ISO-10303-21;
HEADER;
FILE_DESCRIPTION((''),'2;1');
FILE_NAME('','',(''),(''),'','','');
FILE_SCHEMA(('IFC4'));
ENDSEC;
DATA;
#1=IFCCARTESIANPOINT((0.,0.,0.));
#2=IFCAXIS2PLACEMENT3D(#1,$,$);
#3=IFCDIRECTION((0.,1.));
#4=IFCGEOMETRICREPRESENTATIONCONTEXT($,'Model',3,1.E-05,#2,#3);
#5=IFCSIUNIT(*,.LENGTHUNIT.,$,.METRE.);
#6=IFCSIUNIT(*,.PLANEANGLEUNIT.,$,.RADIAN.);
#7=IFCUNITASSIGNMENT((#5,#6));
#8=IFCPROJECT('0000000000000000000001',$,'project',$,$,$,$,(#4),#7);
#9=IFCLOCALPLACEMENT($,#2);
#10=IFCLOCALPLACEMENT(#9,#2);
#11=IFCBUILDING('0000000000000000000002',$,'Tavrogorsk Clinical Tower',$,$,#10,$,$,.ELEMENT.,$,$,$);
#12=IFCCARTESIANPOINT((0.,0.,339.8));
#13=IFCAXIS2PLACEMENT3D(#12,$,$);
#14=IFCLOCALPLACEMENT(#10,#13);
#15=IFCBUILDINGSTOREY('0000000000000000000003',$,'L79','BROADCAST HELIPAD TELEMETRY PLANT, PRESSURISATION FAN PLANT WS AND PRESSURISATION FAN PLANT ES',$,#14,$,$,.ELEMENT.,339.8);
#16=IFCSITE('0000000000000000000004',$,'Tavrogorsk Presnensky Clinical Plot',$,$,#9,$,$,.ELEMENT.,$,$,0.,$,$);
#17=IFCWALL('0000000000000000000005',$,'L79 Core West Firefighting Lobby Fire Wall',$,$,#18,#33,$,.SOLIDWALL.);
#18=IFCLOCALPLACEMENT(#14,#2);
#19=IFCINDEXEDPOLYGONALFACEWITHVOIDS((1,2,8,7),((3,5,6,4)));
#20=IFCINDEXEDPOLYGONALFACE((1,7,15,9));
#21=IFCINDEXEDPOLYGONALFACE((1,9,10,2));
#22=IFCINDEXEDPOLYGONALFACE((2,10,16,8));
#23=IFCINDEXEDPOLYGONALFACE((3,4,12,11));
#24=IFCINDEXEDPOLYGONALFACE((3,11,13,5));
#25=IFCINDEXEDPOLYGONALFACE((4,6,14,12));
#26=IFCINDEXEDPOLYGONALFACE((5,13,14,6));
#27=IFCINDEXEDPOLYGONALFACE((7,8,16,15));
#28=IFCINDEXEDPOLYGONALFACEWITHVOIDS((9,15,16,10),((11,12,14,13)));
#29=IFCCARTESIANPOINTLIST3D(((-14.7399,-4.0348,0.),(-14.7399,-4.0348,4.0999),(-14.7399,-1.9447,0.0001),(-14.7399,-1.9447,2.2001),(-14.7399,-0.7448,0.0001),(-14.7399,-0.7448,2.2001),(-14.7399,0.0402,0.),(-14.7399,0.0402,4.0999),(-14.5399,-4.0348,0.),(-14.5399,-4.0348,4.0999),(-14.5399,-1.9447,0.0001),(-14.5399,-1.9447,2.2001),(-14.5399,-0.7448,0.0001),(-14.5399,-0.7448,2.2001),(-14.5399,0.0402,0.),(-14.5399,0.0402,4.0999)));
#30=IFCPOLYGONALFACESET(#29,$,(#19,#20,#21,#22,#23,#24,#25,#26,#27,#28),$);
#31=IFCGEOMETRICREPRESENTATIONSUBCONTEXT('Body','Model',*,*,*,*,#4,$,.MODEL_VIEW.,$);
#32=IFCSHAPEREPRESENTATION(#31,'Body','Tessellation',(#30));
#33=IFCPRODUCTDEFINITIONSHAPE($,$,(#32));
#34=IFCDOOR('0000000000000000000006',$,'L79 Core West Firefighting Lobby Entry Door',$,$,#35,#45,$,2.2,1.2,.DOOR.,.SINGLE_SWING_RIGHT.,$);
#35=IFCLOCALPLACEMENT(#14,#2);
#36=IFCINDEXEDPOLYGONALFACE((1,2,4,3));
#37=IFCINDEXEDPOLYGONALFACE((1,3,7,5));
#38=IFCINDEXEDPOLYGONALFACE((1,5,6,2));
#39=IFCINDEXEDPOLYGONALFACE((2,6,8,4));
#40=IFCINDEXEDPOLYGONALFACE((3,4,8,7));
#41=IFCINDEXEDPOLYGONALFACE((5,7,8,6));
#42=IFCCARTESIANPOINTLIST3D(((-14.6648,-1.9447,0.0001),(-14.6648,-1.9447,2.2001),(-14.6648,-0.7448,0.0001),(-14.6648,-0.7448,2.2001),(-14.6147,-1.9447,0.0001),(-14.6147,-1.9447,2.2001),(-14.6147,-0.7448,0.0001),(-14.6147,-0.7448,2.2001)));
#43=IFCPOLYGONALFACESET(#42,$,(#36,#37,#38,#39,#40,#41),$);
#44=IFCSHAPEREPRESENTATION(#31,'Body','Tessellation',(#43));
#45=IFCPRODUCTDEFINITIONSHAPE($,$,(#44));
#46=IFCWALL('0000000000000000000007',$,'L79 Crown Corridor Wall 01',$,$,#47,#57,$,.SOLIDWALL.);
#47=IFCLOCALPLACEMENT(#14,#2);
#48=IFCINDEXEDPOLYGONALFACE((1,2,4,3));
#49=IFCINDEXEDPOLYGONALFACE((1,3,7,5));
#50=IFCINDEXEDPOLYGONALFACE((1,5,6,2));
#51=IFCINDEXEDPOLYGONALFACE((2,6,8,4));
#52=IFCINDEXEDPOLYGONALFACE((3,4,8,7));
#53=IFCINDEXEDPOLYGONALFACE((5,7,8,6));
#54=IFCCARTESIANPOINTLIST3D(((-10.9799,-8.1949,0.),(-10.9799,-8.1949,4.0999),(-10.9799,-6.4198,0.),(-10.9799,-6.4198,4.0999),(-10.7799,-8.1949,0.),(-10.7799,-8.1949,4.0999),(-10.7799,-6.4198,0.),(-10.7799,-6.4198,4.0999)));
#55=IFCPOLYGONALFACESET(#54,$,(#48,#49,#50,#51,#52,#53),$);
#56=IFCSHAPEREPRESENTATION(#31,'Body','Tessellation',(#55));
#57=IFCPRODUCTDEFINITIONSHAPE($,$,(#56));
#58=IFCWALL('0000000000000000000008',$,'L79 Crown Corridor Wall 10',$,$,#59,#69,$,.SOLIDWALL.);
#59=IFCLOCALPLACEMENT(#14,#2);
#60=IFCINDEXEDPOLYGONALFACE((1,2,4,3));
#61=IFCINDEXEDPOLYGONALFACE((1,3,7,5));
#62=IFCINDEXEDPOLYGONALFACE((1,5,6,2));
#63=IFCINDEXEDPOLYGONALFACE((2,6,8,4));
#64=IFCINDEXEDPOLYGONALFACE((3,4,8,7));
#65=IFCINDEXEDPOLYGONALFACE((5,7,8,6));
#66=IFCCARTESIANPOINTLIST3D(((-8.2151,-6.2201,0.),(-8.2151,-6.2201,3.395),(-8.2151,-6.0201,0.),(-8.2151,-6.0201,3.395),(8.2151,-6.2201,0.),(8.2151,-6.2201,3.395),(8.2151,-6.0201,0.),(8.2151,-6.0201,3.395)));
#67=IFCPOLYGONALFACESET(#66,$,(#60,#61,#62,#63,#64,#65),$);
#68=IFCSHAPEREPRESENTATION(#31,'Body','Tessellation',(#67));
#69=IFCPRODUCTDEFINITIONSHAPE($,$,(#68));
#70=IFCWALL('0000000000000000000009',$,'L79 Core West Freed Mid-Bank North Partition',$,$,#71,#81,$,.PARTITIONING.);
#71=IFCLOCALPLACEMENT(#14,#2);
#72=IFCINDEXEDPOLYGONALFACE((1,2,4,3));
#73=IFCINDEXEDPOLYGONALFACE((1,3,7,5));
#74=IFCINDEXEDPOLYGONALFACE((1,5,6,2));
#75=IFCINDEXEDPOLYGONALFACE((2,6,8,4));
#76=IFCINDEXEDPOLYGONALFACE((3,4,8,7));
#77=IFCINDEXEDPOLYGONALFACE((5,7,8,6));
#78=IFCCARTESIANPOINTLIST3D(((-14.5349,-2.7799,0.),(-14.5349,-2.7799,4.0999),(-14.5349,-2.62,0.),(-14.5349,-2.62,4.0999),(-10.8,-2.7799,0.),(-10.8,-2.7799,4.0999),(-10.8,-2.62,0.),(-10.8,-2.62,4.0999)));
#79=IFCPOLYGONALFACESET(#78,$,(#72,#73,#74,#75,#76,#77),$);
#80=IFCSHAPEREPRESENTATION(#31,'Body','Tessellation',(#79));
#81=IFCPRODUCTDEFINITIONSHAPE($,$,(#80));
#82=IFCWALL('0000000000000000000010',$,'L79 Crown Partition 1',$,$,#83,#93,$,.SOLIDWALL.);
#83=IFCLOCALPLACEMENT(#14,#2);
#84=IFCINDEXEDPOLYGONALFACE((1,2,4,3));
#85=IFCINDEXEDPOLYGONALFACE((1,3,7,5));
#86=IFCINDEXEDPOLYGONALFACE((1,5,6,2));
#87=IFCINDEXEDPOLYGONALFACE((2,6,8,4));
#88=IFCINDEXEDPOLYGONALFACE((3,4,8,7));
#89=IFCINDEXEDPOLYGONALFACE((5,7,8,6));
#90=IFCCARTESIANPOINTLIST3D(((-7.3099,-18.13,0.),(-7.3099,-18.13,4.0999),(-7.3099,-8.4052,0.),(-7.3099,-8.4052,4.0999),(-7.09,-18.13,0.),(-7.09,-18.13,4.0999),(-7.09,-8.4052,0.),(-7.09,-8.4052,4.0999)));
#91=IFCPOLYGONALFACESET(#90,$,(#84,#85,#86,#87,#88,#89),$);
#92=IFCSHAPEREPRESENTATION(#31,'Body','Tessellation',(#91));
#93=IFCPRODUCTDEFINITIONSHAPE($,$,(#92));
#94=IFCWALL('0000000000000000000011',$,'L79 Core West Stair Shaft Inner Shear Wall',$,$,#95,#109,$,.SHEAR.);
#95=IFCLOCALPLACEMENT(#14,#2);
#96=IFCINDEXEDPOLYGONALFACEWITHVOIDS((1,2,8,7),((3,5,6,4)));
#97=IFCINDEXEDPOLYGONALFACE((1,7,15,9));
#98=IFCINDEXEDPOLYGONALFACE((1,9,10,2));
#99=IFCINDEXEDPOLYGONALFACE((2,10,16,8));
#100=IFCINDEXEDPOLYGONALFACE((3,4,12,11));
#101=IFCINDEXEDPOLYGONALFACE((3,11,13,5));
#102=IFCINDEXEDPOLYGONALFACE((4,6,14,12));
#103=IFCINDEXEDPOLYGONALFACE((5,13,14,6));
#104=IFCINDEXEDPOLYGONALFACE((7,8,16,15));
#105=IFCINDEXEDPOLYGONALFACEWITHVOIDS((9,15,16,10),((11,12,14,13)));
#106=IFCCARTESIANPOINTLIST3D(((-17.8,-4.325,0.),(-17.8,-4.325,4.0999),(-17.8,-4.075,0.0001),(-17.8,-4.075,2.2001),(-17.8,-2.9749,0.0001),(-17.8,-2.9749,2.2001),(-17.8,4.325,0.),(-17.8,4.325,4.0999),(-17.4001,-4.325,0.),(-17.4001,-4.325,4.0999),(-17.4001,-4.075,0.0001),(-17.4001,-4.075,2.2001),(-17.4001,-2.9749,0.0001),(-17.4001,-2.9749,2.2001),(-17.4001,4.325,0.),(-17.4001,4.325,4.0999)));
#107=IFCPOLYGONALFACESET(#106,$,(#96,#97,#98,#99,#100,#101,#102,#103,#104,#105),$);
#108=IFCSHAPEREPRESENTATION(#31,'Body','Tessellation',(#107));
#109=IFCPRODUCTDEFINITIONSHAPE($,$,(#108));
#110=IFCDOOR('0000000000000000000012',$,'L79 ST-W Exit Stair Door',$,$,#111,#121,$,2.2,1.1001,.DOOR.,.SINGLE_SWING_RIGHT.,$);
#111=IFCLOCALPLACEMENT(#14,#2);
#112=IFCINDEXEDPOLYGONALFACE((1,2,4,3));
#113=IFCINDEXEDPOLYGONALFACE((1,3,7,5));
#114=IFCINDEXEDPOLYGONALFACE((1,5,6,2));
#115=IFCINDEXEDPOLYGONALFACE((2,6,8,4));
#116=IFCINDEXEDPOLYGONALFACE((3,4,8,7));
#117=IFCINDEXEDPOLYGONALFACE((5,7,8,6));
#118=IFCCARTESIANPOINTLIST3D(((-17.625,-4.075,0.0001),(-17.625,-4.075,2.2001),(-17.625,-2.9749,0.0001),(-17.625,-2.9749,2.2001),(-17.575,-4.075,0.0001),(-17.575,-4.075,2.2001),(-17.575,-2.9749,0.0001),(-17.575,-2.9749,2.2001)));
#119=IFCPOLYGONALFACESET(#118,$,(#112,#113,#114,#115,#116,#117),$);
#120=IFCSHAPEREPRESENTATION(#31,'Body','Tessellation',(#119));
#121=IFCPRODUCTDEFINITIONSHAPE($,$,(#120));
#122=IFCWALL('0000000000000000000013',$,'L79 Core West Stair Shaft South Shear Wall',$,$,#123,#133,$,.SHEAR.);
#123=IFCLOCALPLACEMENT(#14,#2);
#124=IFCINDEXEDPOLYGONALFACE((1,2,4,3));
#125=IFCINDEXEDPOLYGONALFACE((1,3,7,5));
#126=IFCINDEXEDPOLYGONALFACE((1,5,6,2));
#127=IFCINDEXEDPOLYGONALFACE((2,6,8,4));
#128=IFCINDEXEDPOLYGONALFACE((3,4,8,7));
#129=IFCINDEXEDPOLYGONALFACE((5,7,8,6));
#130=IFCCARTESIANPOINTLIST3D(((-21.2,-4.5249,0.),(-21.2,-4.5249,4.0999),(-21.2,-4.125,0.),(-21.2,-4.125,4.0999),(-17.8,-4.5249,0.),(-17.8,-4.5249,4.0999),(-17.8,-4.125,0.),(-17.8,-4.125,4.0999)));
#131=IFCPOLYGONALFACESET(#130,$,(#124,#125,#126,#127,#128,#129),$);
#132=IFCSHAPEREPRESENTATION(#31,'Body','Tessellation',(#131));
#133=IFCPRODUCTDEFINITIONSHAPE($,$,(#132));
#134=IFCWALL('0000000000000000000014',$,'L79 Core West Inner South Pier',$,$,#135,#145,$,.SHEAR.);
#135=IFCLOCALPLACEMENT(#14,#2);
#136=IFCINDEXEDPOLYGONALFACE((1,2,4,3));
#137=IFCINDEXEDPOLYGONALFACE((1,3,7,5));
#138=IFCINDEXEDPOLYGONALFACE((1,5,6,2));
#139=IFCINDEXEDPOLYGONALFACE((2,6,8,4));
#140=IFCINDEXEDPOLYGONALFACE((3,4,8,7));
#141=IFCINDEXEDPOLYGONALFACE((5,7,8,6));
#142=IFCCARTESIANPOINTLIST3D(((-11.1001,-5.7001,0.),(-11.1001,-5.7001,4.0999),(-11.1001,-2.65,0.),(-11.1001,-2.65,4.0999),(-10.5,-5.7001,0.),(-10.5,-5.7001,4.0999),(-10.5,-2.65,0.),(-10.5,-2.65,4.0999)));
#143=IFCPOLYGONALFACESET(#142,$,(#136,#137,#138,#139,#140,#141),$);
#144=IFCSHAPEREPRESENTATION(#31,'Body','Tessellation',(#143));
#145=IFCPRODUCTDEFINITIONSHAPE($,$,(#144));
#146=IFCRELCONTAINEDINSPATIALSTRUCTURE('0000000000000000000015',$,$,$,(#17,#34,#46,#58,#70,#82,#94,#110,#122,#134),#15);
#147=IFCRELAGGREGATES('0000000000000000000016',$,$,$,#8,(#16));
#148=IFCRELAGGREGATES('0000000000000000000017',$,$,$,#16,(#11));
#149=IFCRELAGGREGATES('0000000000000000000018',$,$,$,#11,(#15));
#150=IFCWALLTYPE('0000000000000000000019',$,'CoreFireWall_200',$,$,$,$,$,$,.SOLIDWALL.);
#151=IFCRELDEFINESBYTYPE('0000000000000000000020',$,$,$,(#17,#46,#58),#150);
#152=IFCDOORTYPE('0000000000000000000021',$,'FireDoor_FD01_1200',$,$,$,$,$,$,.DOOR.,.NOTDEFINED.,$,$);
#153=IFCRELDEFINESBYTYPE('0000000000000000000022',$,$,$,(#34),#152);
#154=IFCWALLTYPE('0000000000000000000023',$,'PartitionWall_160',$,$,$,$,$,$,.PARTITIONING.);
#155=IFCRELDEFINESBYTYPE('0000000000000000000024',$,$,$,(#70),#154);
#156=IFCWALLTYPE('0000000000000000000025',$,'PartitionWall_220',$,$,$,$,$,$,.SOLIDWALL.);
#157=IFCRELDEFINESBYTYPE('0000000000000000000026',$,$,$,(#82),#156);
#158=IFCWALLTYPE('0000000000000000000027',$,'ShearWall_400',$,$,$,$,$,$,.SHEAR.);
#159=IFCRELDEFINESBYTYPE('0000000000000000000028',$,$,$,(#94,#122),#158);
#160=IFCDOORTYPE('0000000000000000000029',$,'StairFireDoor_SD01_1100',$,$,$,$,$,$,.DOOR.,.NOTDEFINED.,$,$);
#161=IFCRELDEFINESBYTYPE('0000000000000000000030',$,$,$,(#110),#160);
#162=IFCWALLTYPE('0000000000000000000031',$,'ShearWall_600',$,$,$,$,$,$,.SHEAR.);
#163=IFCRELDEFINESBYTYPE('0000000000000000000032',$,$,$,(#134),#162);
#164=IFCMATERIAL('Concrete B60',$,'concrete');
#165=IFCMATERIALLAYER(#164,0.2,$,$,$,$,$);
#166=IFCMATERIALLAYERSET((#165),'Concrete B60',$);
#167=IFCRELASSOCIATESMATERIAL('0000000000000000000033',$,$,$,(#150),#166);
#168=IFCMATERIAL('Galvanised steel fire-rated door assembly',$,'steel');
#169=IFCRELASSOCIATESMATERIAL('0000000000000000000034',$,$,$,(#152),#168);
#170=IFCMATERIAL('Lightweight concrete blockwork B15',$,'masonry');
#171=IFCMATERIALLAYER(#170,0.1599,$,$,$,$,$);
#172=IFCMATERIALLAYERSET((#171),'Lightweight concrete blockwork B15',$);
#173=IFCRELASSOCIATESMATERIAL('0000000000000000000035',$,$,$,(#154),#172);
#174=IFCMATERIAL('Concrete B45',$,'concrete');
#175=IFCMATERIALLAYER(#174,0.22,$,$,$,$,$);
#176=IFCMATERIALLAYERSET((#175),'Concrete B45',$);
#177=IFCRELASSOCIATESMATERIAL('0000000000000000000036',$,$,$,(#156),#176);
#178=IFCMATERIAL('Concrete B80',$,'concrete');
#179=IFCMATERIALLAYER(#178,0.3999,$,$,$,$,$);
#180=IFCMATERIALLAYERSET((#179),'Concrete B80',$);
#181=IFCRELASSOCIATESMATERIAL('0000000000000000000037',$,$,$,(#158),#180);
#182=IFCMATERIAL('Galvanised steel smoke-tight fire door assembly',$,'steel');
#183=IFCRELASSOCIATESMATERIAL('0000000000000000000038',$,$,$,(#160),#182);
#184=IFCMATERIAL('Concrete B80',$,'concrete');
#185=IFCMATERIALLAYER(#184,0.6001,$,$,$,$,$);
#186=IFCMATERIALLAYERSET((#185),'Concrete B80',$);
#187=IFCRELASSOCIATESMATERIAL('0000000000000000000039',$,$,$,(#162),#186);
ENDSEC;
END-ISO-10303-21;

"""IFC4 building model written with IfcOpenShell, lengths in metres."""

from ifc_helpers import new_model, si_unit, direction, frame, frame_2d, origin, place, context, subcontext, project, spatial, rectangle, extrude, material, layer, layer_set, type_object, element, fill, save


model = new_model("IFC4")

# Units and contexts
model_context = context("Model", 3, precision=1e-05, world=origin(), true_north=direction((0.0, 1.0)))
body_context = subcontext(model_context, "Body", "Model", "MODEL_VIEW")
ifc_project = project(units=[si_unit("LENGTHUNIT", "METRE"), si_unit("PLANEANGLEUNIT", "RADIAN")], contexts=[model_context])

# Site, building, storey
site_placement = place(None, origin())
site = spatial("IfcSite", under=ifc_project, at=site_placement, Name="Tavrogorsk Presnensky Clinical Plot", CompositionType="ELEMENT", RefElevation=0.0)
building_placement = place(site_placement, origin())
building = spatial("IfcBuilding", under=site, at=building_placement, Name="Tavrogorsk Clinical Tower", CompositionType="ELEMENT")
storey_placement = place(building_placement, frame((0.0, 0.0, 339.8)))
storey = spatial("IfcBuildingStorey", under=building, at=storey_placement, Name="L79", Description="BROADCAST HELIPAD TELEMETRY PLANT, PRESSURISATION FAN PLANT WS AND PRESSURISATION FAN PLANT ES", CompositionType="ELEMENT", Elevation=339.8)

# Wall, opening, door
ifc_material_1 = material(Name="Concrete B60", Category="concrete")
ifc_layer_1 = layer(ifc_material_1, 0.2)
ifc_layer_set_1 = layer_set([ifc_layer_1], Name="Concrete B60")
wall_type_1 = type_object("IfcWallType", Name="CoreFireWall_200", PredefinedType="SOLIDWALL", material=ifc_layer_set_1)
wall_1_placement = place(storey_placement, frame((-14.6399, -4.0349, 0.0), z_axis=(0.0, 0.0, 1.0), x_axis=(0.0, 1.0, 0.0)))
wall_1 = element("IfcWall", 1, at=wall_1_placement, inside=storey, type_object=wall_type_1, Name="L79 Core West Firefighting Lobby Fire Wall", PredefinedType="SOLIDWALL", context=body_context, shape_type="SweptSolid", body=[
    extrude(rectangle(XDim=4.075, YDim=0.2, at=frame_2d((2.0376, 0.0))), origin(), (0.0, 0.0, 1.0), 4.0999),
])
opening_1_placement = place(wall_1_placement, frame((2.0901, 0.0, 0.0)))
opening_1 = element("IfcOpeningElement", 2, at=opening_1_placement, cuts=wall_1, PredefinedType="OPENING", context=body_context, shape_type="SweptSolid", body=[
    extrude(rectangle(XDim=1.2, YDim=2.2, at=frame_2d((0.6001, 1.1001))), frame((0.0, 0.1099, 0.0), z_axis=(0.0, -1.0, 0.0), x_axis=(1.0, 0.0, 0.0)), (0.0, 0.0, 1.0), 0.22),
])
ifc_material_2 = material(Name="Galvanised steel fire-rated door assembly", Category="steel")
door_type_1 = type_object("IfcDoorType", Name="FireDoor_FD01_1200", OperationType="NOTDEFINED", PredefinedType="DOOR", material=ifc_material_2)
door_1_placement = place(opening_1_placement, origin())
door_1 = element("IfcDoor", 3, at=door_1_placement, inside=storey, type_object=door_type_1, Name="L79 Core West Firefighting Lobby Entry Door", OperationType="SINGLE_SWING_RIGHT", OverallHeight=2.2, OverallWidth=1.2, PredefinedType="DOOR", context=body_context, shape_type="SweptSolid", body=[
    extrude(rectangle(XDim=1.2, YDim=2.2, at=frame_2d((0.6001, 1.1001))), frame((0.0, 0.0249, 0.0), z_axis=(0.0, -1.0, 0.0), x_axis=(1.0, 0.0, 0.0)), (0.0, 0.0, 1.0), 0.05),
])
fill(opening_1, door_1)

# Walls
wall_2_placement = place(storey_placement, frame((-10.8799, -8.1951, 0.0), z_axis=(0.0, 0.0, 1.0), x_axis=(0.0, 1.0, 0.0)))
element("IfcWall", 4, at=wall_2_placement, inside=storey, type_object=wall_type_1, Name="L79 Crown Corridor Wall 01", PredefinedType="SOLIDWALL", context=body_context, shape_type="SweptSolid", body=[
    extrude(rectangle(XDim=1.7751, YDim=0.2, at=frame_2d((0.8877, 0.0))), origin(), (0.0, 0.0, 1.0), 4.0999),
])
wall_3_placement = place(storey_placement, frame((-8.2151, -6.1201, 0.0), z_axis=(0.0, 0.0, 1.0), x_axis=(1.0, 0.0, 0.0)))
element("IfcWall", 5, at=wall_3_placement, inside=storey, type_object=wall_type_1, Name="L79 Crown Corridor Wall 10", PredefinedType="SOLIDWALL", context=body_context, shape_type="SweptSolid", body=[
    extrude(rectangle(XDim=16.4302, YDim=0.2, at=frame_2d((8.2151, 0.0))), origin(), (0.0, 0.0, 1.0), 3.395),
])
ifc_material_3 = material(Name="Lightweight concrete blockwork B15", Category="masonry")
ifc_layer_2 = layer(ifc_material_3, 0.1599)
ifc_layer_set_2 = layer_set([ifc_layer_2], Name="Lightweight concrete blockwork B15")
wall_type_2 = type_object("IfcWallType", Name="PartitionWall_160", PredefinedType="PARTITIONING", material=ifc_layer_set_2)
wall_4_placement = place(storey_placement, frame((-14.5349, -2.7, 0.0), z_axis=(0.0, 0.0, 1.0), x_axis=(1.0, 0.0, 0.0)))
element("IfcWall", 6, at=wall_4_placement, inside=storey, type_object=wall_type_2, Name="L79 Core West Freed Mid-Bank North Partition", PredefinedType="PARTITIONING", context=body_context, shape_type="SweptSolid", body=[
    extrude(rectangle(XDim=3.7349, YDim=0.1599, at=frame_2d((1.8674, 0.0))), origin(), (0.0, 0.0, 1.0), 4.0999),
])
ifc_material_4 = material(Name="Concrete B45", Category="concrete")
ifc_layer_3 = layer(ifc_material_4, 0.22)
ifc_layer_set_3 = layer_set([ifc_layer_3], Name="Concrete B45")
wall_type_3 = type_object("IfcWallType", Name="PartitionWall_220", PredefinedType="SOLIDWALL", material=ifc_layer_set_3)
wall_5_placement = place(storey_placement, frame((-7.2, -18.1299, 0.0), z_axis=(0.0, 0.0, 1.0), x_axis=(0.0, 1.0, 0.0)))
element("IfcWall", 7, at=wall_5_placement, inside=storey, type_object=wall_type_3, Name="L79 Crown Partition 1", PredefinedType="SOLIDWALL", context=body_context, shape_type="SweptSolid", body=[
    extrude(rectangle(XDim=9.7249, YDim=0.22, at=frame_2d((4.8623, 0.0))), origin(), (0.0, 0.0, 1.0), 4.0999),
])

# Wall, opening, door
ifc_material_5 = material(Name="Concrete B80", Category="concrete")
ifc_layer_4 = layer(ifc_material_5, 0.3999)
ifc_layer_set_4 = layer_set([ifc_layer_4], Name="Concrete B80")
wall_type_4 = type_object("IfcWallType", Name="ShearWall_400", PredefinedType="SHEAR", material=ifc_layer_set_4)
wall_6_placement = place(storey_placement, frame((-17.6001, -4.325, 0.0), z_axis=(0.0, 0.0, 1.0), x_axis=(0.0, 1.0, 0.0)))
wall_6 = element("IfcWall", 8, at=wall_6_placement, inside=storey, type_object=wall_type_4, Name="L79 Core West Stair Shaft Inner Shear Wall", PredefinedType="SHEAR", context=body_context, shape_type="SweptSolid", body=[
    extrude(rectangle(XDim=8.6499, YDim=0.3999, at=frame_2d((4.325, 0.0))), origin(), (0.0, 0.0, 1.0), 4.0999),
])
opening_2_placement = place(wall_6_placement, frame((0.25, 0.0, 0.0)))
opening_2 = element("IfcOpeningElement", 9, at=opening_2_placement, cuts=wall_6, PredefinedType="OPENING", context=body_context, shape_type="SweptSolid", body=[
    extrude(rectangle(XDim=1.1001, YDim=2.2, at=frame_2d((0.55, 1.1001))), frame((0.0, 0.21, 0.0), z_axis=(0.0, -1.0, 0.0), x_axis=(1.0, 0.0, 0.0)), (0.0, 0.0, 1.0), 0.4199),
])
ifc_material_6 = material(Name="Galvanised steel smoke-tight fire door assembly", Category="steel")
door_type_2 = type_object("IfcDoorType", Name="StairFireDoor_SD01_1100", OperationType="NOTDEFINED", PredefinedType="DOOR", material=ifc_material_6)
door_2_placement = place(opening_2_placement, origin())
door_2 = element("IfcDoor", 10, at=door_2_placement, inside=storey, type_object=door_type_2, Name="L79 ST-W Exit Stair Door", OperationType="SINGLE_SWING_RIGHT", OverallHeight=2.2, OverallWidth=1.1001, PredefinedType="DOOR", context=body_context, shape_type="SweptSolid", body=[
    extrude(rectangle(XDim=1.1001, YDim=2.2, at=frame_2d((0.55, 1.1001))), frame((0.0, 0.0249, 0.0), z_axis=(0.0, -1.0, 0.0), x_axis=(1.0, 0.0, 0.0)), (0.0, 0.0, 1.0), 0.05),
])
fill(opening_2, door_2)

# Walls
wall_7_placement = place(storey_placement, frame((-21.2, -4.325, 0.0), z_axis=(0.0, 0.0, 1.0), x_axis=(1.0, 0.0, 0.0)))
element("IfcWall", 11, at=wall_7_placement, inside=storey, type_object=wall_type_4, Name="L79 Core West Stair Shaft South Shear Wall", PredefinedType="SHEAR", context=body_context, shape_type="SweptSolid", body=[
    extrude(rectangle(XDim=3.3999, YDim=0.3999, at=frame_2d((1.7, 0.0))), origin(), (0.0, 0.0, 1.0), 4.0999),
])
ifc_material_7 = material(Name="Concrete B80", Category="concrete")
ifc_layer_5 = layer(ifc_material_7, 0.6001)
ifc_layer_set_5 = layer_set([ifc_layer_5], Name="Concrete B80")
wall_type_5 = type_object("IfcWallType", Name="ShearWall_600", PredefinedType="SHEAR", material=ifc_layer_set_5)
wall_8_placement = place(storey_placement, frame((-10.8, -5.7, 0.0), z_axis=(0.0, 0.0, 1.0), x_axis=(0.0, 1.0, 0.0)))
element("IfcWall", 12, at=wall_8_placement, inside=storey, type_object=wall_type_5, Name="L79 Core West Inner South Pier", PredefinedType="SHEAR", context=body_context, shape_type="SweptSolid", body=[
    extrude(rectangle(XDim=3.05, YDim=0.6001, at=frame_2d((1.5249, 0.0))), origin(), (0.0, 0.0, 1.0), 4.0999),
])

save(model, "model.ifc")
